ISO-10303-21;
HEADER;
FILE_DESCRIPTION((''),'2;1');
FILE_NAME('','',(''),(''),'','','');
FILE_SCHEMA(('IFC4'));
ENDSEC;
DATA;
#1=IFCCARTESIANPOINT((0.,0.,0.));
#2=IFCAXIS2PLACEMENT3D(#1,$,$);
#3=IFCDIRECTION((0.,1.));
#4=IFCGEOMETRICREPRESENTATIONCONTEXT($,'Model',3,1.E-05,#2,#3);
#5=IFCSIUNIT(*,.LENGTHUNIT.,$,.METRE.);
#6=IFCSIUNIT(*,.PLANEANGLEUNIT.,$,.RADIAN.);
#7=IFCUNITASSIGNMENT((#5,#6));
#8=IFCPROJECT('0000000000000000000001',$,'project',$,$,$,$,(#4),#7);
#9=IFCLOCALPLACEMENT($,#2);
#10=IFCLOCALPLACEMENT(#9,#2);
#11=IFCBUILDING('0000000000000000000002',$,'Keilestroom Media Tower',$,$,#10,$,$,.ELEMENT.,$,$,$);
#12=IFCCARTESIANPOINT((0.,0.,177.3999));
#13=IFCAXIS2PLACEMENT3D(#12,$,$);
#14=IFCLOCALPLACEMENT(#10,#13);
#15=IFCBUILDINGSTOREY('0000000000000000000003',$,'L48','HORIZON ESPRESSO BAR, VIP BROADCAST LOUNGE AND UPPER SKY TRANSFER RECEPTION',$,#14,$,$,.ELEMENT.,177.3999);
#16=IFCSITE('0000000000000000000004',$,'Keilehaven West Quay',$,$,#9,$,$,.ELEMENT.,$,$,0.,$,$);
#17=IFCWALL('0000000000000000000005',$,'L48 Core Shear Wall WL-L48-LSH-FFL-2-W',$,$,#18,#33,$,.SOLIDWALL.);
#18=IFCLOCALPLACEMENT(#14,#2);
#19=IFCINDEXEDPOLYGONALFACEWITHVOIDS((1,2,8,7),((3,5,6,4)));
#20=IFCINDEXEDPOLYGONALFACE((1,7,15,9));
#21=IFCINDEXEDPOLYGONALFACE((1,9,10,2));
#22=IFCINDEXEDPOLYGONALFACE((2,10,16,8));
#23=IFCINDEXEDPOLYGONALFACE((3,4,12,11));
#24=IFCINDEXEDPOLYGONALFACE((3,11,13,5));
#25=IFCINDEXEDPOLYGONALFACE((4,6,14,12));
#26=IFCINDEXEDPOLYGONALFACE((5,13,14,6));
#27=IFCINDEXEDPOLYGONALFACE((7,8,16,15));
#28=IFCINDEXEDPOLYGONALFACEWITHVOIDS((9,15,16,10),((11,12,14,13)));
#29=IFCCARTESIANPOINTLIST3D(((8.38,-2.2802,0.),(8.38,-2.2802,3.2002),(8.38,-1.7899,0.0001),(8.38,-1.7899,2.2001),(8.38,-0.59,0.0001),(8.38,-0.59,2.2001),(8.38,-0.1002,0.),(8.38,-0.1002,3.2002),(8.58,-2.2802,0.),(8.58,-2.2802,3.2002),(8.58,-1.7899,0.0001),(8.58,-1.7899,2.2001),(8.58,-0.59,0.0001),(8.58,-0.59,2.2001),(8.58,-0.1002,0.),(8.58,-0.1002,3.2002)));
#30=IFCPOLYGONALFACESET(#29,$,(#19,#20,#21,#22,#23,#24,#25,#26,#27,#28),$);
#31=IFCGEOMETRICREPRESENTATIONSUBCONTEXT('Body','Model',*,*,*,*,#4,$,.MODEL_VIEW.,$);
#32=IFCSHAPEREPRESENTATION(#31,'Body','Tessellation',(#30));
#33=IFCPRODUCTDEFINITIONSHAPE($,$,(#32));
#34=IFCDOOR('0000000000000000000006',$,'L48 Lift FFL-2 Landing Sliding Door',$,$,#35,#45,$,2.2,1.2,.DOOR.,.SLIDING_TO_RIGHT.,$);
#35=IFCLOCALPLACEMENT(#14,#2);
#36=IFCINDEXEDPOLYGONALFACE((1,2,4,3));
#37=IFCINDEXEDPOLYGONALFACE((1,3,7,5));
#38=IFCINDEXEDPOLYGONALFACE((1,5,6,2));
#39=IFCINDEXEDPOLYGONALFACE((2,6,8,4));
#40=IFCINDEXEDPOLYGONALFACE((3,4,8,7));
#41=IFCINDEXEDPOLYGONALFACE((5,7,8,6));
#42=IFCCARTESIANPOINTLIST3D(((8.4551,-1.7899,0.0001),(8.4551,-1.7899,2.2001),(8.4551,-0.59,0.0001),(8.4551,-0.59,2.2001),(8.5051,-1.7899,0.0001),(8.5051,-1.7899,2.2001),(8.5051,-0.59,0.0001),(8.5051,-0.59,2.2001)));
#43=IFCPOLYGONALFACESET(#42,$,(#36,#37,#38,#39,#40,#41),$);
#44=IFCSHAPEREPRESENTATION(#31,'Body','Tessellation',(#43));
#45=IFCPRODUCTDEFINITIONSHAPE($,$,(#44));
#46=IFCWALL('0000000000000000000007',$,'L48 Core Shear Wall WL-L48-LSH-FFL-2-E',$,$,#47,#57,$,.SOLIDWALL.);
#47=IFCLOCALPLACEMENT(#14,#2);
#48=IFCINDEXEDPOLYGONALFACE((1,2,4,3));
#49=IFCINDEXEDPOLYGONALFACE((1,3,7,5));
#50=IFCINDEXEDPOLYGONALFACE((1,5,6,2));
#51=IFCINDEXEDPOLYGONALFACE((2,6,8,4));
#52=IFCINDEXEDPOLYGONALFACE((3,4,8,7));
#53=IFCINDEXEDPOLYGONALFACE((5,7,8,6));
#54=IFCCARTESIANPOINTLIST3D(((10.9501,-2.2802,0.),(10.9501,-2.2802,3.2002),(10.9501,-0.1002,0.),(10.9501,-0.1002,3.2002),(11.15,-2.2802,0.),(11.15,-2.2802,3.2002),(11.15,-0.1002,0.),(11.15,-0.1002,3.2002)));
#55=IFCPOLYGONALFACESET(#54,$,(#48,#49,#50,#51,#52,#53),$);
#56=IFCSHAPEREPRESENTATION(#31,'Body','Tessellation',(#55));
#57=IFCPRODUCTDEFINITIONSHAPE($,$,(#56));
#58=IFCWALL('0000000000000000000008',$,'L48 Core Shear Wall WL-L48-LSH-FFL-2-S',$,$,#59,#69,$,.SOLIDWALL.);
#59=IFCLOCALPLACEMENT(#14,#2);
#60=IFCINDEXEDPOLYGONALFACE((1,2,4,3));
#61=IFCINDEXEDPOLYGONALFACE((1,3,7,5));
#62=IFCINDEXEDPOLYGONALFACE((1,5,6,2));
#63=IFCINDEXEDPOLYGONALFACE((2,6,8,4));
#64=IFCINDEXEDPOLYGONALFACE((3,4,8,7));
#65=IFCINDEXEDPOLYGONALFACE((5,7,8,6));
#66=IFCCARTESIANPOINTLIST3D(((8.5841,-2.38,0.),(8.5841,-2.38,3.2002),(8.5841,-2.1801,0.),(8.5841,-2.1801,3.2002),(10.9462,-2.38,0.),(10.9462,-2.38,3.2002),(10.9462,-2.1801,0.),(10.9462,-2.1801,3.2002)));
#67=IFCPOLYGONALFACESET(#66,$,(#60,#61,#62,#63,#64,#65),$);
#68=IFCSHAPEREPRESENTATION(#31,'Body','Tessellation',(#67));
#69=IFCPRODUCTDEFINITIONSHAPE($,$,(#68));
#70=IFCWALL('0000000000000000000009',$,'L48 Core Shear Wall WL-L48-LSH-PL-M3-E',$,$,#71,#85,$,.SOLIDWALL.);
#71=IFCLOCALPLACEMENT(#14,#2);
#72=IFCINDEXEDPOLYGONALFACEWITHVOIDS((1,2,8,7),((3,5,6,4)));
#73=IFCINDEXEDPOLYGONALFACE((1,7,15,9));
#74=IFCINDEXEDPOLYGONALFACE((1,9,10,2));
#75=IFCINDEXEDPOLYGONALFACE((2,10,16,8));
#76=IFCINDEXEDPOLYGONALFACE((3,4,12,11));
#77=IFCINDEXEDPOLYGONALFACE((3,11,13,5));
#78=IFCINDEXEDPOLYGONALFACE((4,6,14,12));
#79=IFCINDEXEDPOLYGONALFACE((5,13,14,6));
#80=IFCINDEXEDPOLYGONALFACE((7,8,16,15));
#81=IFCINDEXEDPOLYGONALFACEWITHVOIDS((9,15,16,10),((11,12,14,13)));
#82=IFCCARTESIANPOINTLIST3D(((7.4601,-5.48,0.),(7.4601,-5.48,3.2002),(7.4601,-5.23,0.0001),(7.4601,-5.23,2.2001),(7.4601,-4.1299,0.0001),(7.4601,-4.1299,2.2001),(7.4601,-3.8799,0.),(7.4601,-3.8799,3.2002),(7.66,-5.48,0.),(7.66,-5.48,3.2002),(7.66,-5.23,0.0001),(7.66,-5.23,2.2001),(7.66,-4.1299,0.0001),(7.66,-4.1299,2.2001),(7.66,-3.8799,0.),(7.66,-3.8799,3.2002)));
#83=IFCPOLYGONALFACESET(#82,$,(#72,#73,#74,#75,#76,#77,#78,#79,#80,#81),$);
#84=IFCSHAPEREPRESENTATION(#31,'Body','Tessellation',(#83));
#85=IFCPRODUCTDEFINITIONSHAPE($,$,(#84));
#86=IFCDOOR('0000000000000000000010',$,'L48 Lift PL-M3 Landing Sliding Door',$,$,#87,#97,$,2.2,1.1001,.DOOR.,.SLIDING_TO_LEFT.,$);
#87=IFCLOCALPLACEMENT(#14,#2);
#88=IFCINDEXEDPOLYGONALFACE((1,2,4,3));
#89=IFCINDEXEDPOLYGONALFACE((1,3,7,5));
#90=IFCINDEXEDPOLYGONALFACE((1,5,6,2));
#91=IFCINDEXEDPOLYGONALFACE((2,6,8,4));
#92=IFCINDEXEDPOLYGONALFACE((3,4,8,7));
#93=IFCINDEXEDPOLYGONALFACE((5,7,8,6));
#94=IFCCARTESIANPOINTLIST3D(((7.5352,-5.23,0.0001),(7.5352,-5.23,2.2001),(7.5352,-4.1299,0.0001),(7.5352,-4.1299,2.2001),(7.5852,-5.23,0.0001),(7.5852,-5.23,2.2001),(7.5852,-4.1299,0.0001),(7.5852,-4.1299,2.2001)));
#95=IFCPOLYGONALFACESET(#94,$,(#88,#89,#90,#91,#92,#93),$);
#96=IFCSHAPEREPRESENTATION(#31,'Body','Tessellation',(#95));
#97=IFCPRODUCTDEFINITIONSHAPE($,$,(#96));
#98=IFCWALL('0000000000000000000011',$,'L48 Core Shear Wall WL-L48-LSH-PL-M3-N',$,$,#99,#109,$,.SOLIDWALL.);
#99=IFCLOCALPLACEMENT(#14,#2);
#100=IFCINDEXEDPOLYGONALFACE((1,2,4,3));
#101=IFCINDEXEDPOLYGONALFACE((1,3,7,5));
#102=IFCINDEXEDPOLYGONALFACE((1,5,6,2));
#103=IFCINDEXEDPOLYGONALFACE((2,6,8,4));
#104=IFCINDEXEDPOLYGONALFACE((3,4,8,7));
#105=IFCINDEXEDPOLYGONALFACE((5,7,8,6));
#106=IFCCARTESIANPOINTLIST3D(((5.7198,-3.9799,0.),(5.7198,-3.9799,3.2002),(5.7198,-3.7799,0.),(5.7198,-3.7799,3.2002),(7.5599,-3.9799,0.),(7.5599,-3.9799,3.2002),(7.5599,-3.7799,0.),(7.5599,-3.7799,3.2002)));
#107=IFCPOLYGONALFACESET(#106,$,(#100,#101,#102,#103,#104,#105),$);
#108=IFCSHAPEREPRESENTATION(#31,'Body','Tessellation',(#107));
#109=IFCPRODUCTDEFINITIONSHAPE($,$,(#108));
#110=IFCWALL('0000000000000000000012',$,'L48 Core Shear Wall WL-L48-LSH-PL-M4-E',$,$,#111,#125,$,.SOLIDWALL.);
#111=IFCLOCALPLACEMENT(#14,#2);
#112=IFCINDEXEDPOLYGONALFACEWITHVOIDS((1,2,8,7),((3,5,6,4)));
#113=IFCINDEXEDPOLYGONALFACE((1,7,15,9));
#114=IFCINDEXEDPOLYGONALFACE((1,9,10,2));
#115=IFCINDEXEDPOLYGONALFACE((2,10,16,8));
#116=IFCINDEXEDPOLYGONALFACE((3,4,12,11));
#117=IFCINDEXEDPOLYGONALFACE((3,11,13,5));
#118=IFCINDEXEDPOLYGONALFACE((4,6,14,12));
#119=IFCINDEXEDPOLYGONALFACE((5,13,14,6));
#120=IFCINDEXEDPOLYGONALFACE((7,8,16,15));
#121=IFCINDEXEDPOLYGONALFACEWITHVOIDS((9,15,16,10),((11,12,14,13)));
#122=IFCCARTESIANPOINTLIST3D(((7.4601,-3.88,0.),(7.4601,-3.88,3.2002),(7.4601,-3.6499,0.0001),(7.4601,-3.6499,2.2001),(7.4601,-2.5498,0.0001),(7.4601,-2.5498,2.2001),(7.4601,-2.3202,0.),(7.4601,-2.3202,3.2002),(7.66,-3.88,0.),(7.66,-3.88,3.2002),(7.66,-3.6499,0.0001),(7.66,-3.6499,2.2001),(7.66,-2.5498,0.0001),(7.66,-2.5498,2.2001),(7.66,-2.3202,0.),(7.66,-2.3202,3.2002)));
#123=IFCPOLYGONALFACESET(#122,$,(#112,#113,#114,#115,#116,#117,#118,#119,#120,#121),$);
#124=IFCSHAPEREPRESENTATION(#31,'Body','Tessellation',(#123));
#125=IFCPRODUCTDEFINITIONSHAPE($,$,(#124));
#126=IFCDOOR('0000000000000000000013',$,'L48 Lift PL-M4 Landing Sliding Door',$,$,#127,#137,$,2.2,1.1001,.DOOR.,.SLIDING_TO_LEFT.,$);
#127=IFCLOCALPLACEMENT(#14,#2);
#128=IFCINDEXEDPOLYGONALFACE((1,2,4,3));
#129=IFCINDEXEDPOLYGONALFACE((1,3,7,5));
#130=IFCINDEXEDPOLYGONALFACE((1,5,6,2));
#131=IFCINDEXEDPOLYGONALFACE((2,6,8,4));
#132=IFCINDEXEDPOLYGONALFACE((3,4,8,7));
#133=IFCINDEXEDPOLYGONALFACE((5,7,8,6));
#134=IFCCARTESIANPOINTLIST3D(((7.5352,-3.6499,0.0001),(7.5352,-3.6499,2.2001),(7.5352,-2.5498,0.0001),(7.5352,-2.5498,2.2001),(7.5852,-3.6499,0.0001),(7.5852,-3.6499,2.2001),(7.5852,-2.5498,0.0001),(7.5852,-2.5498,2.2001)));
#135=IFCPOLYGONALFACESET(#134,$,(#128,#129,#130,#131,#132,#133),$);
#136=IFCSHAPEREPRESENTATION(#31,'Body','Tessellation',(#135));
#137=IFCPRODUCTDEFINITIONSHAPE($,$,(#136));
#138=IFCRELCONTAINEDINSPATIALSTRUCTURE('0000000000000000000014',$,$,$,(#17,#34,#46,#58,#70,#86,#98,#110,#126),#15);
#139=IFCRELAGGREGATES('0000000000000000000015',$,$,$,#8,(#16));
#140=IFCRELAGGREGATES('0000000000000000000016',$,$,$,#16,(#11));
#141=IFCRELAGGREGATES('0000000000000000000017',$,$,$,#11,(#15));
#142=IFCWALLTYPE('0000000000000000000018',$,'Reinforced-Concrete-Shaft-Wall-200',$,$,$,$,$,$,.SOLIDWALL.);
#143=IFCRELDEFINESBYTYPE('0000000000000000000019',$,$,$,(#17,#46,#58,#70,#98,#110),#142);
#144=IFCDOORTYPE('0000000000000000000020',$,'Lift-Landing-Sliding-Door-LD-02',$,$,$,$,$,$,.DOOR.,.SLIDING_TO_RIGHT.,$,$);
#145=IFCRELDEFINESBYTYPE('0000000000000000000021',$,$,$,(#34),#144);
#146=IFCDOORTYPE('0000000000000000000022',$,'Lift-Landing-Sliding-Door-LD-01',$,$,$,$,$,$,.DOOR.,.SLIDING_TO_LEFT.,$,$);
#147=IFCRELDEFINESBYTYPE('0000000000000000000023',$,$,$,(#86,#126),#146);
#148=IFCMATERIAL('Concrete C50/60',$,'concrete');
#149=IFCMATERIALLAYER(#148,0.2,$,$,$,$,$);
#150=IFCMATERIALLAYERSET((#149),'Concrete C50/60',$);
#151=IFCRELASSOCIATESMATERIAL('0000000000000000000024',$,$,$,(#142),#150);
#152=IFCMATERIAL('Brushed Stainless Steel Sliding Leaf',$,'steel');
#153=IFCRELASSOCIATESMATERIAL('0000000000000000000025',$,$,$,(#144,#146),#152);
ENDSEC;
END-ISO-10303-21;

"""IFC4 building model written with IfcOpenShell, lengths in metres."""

from ifc_helpers import new_model, si_unit, direction, frame, frame_2d, origin, place, context, subcontext, project, spatial, rectangle, extrude, source, transform, mapped, material, layer, layer_set, type_object, element, fill, save


model = new_model("IFC4")

# Units and contexts
model_context = context("Model", 3, precision=1e-05, world=origin(), true_north=direction((0.0, 1.0)))
body_context = subcontext(model_context, "Body", "Model", "MODEL_VIEW")
ifc_project = project(units=[si_unit("LENGTHUNIT", "METRE"), si_unit("PLANEANGLEUNIT", "RADIAN")], contexts=[model_context])

# Site, building, storey
site_placement = place(None, origin())
site = spatial("IfcSite", under=ifc_project, at=site_placement, Name="Keilehaven West Quay", CompositionType="ELEMENT", RefElevation=0.0)
building_placement = place(site_placement, origin())
building = spatial("IfcBuilding", under=site, at=building_placement, Name="Keilestroom Media Tower", CompositionType="ELEMENT")
storey_placement = place(building_placement, frame((0.0, 0.0, 177.3999)))
storey = spatial("IfcBuildingStorey", under=building, at=storey_placement, Name="L48", Description="HORIZON ESPRESSO BAR, VIP BROADCAST LOUNGE AND UPPER SKY TRANSFER RECEPTION", CompositionType="ELEMENT", Elevation=177.3999)

# Shared definitions
shared_shape_1 = source(origin(), body_context, "Body", "SweptSolid", [
    extrude(rectangle(XDim=1.2, YDim=2.2, at=frame_2d((0.6001, 1.1001))), frame((0.0, 0.0249, 0.0), z_axis=(0.0, -1.0, 0.0), x_axis=(1.0, 0.0, 0.0)), (0.0, 0.0, 1.0), 0.05),
])

# Shared definitions
ifc_material_1 = material(Name="Concrete C50/60", Category="concrete")
ifc_layer_1 = layer(ifc_material_1, 0.2)
ifc_layer_set_1 = layer_set([ifc_layer_1], Name="Concrete C50/60")
wall_type_1 = type_object("IfcWallType", Name="Reinforced-Concrete-Shaft-Wall-200", PredefinedType="SOLIDWALL", material=ifc_layer_set_1)

# Wall, opening, door
wall_1_placement = place(storey_placement, frame((8.48, -2.28, 0.0), z_axis=(0.0, 0.0, 1.0), x_axis=(0.0, 1.0, 0.0)))
wall_1 = element("IfcWall", 1, at=wall_1_placement, inside=storey, type_object=wall_type_1, Name="L48 Core Shear Wall WL-L48-LSH-FFL-2-W", PredefinedType="SOLIDWALL", context=body_context, shape_type="SweptSolid", body=[
    extrude(rectangle(XDim=2.1799, YDim=0.2, at=frame_2d((1.0898, 0.0))), origin(), (0.0, 0.0, 1.0), 3.2002),
])
opening_1_placement = place(wall_1_placement, frame((0.49, 0.0, 0.0)))
opening_1 = element("IfcOpeningElement", 2, at=opening_1_placement, cuts=wall_1, PredefinedType="OPENING", context=body_context, shape_type="SweptSolid", body=[
    extrude(rectangle(XDim=1.2, YDim=2.2, at=frame_2d((0.6001, 1.1001))), frame((0.0, 0.1099, 0.0), z_axis=(0.0, -1.0, 0.0), x_axis=(1.0, 0.0, 0.0)), (0.0, 0.0, 1.0), 0.22),
])
ifc_material_2 = material(Name="Brushed Stainless Steel Sliding Leaf", Category="steel")
door_type_1 = type_object("IfcDoorType", Name="Lift-Landing-Sliding-Door-LD-02", OperationType="SLIDING_TO_RIGHT", PredefinedType="DOOR", material=ifc_material_2)
door_1_placement = place(opening_1_placement, origin())
door_1 = element("IfcDoor", 3, at=door_1_placement, inside=storey, type_object=door_type_1, Name="L48 Lift FFL-2 Landing Sliding Door", OperationType="SLIDING_TO_RIGHT", OverallHeight=2.2, OverallWidth=1.2, PredefinedType="DOOR", context=body_context, shape_type="MappedRepresentation", body=[
    mapped(shared_shape_1, transform((0.0, 0.0, 0.0), x_axis=(1.0, 0.0, 0.0), y_axis=(0.0, 1.0, 0.0), z_axis=(0.0, 0.0, 1.0), scale=1.0)),
])
fill(opening_1, door_1)

# Walls
wall_2_placement = place(storey_placement, frame((11.05, -2.28, 0.0), z_axis=(0.0, 0.0, 1.0), x_axis=(0.0, 1.0, 0.0)))
element("IfcWall", 4, at=wall_2_placement, inside=storey, type_object=wall_type_1, Name="L48 Core Shear Wall WL-L48-LSH-FFL-2-E", PredefinedType="SOLIDWALL", context=body_context, shape_type="SweptSolid", body=[
    extrude(rectangle(XDim=2.1799, YDim=0.2, at=frame_2d((1.0898, 0.0))), origin(), (0.0, 0.0, 1.0), 3.2002),
])
wall_3_placement = place(storey_placement, frame((8.584, -2.28, 0.0), z_axis=(0.0, 0.0, 1.0), x_axis=(1.0, 0.0, 0.0)))
element("IfcWall", 5, at=wall_3_placement, inside=storey, type_object=wall_type_1, Name="L48 Core Shear Wall WL-L48-LSH-FFL-2-S", PredefinedType="SOLIDWALL", context=body_context, shape_type="SweptSolid", body=[
    extrude(rectangle(XDim=2.3621, YDim=0.2, at=frame_2d((1.1812, 0.0))), origin(), (0.0, 0.0, 1.0), 3.2002),
])

# Wall, opening, door
wall_4_placement = place(storey_placement, frame((7.5601, -5.48, 0.0), z_axis=(0.0, 0.0, 1.0), x_axis=(0.0, 1.0, 0.0)))
wall_4 = element("IfcWall", 6, at=wall_4_placement, inside=storey, type_object=wall_type_1, Name="L48 Core Shear Wall WL-L48-LSH-PL-M3-E", PredefinedType="SOLIDWALL", context=body_context, shape_type="SweptSolid", body=[
    extrude(rectangle(XDim=1.6001, YDim=0.2, at=frame_2d((0.8, 0.0))), origin(), (0.0, 0.0, 1.0), 3.2002),
])
opening_2_placement = place(wall_4_placement, frame((0.25, 0.0, 0.0)))
opening_2 = element("IfcOpeningElement", 7, at=opening_2_placement, cuts=wall_4, PredefinedType="OPENING", context=body_context, shape_type="SweptSolid", body=[
    extrude(rectangle(XDim=1.1001, YDim=2.2, at=frame_2d((0.55, 1.1001))), frame((0.0, 0.1099, 0.0), z_axis=(0.0, -1.0, 0.0), x_axis=(1.0, 0.0, 0.0)), (0.0, 0.0, 1.0), 0.22),
])
door_type_2 = type_object("IfcDoorType", Name="Lift-Landing-Sliding-Door-LD-01", OperationType="SLIDING_TO_LEFT", PredefinedType="DOOR", material=ifc_material_2)
shared_shape_2 = source(origin(), body_context, "Body", "SweptSolid", [
    extrude(rectangle(XDim=1.1001, YDim=2.2, at=frame_2d((0.55, 1.1001))), frame((0.0, 0.0249, 0.0), z_axis=(0.0, -1.0, 0.0), x_axis=(1.0, 0.0, 0.0)), (0.0, 0.0, 1.0), 0.05),
])
door_2_placement = place(opening_2_placement, origin())
door_2 = element("IfcDoor", 8, at=door_2_placement, inside=storey, type_object=door_type_2, Name="L48 Lift PL-M3 Landing Sliding Door", OperationType="SLIDING_TO_LEFT", OverallHeight=2.2, OverallWidth=1.1001, PredefinedType="DOOR", context=body_context, shape_type="MappedRepresentation", body=[
    mapped(shared_shape_2, transform((0.0, 0.0, 0.0), x_axis=(1.0, 0.0, 0.0), y_axis=(0.0, 1.0, 0.0), z_axis=(0.0, 0.0, 1.0), scale=1.0)),
])
fill(opening_2, door_2)

# Wall
wall_5_placement = place(storey_placement, frame((5.72, -3.8799, 0.0), z_axis=(0.0, 0.0, 1.0), x_axis=(1.0, 0.0, 0.0)))
element("IfcWall", 9, at=wall_5_placement, inside=storey, type_object=wall_type_1, Name="L48 Core Shear Wall WL-L48-LSH-PL-M3-N", PredefinedType="SOLIDWALL", context=body_context, shape_type="SweptSolid", body=[
    extrude(rectangle(XDim=1.8401, YDim=0.2, at=frame_2d((0.9199, 0.0))), origin(), (0.0, 0.0, 1.0), 3.2002),
])

# Wall, opening, door
wall_6_placement = place(storey_placement, frame((7.5601, -3.8799, 0.0), z_axis=(0.0, 0.0, 1.0), x_axis=(0.0, 1.0, 0.0)))
wall_6 = element("IfcWall", 10, at=wall_6_placement, inside=storey, type_object=wall_type_1, Name="L48 Core Shear Wall WL-L48-LSH-PL-M4-E", PredefinedType="SOLIDWALL", context=body_context, shape_type="SweptSolid", body=[
    extrude(rectangle(XDim=1.5598, YDim=0.2, at=frame_2d((0.7798, 0.0))), origin(), (0.0, 0.0, 1.0), 3.2002),
])
opening_3_placement = place(wall_6_placement, frame((0.23, 0.0, 0.0)))
opening_3 = element("IfcOpeningElement", 11, at=opening_3_placement, cuts=wall_6, PredefinedType="OPENING", context=body_context, shape_type="SweptSolid", body=[
    extrude(rectangle(XDim=1.1001, YDim=2.2, at=frame_2d((0.55, 1.1001))), frame((0.0, 0.1099, 0.0), z_axis=(0.0, -1.0, 0.0), x_axis=(1.0, 0.0, 0.0)), (0.0, 0.0, 1.0), 0.22),
])
door_3_placement = place(opening_3_placement, origin())
door_3 = element("IfcDoor", 12, at=door_3_placement, inside=storey, type_object=door_type_2, Name="L48 Lift PL-M4 Landing Sliding Door", OperationType="SLIDING_TO_LEFT", OverallHeight=2.2, OverallWidth=1.1001, PredefinedType="DOOR", context=body_context, shape_type="MappedRepresentation", body=[
    mapped(shared_shape_2, transform((0.0, 0.0, 0.0), x_axis=(1.0, 0.0, 0.0), y_axis=(0.0, 1.0, 0.0), z_axis=(0.0, 0.0, 1.0), scale=1.0)),
])
fill(opening_3, door_3)

save(model, "model.ifc")
